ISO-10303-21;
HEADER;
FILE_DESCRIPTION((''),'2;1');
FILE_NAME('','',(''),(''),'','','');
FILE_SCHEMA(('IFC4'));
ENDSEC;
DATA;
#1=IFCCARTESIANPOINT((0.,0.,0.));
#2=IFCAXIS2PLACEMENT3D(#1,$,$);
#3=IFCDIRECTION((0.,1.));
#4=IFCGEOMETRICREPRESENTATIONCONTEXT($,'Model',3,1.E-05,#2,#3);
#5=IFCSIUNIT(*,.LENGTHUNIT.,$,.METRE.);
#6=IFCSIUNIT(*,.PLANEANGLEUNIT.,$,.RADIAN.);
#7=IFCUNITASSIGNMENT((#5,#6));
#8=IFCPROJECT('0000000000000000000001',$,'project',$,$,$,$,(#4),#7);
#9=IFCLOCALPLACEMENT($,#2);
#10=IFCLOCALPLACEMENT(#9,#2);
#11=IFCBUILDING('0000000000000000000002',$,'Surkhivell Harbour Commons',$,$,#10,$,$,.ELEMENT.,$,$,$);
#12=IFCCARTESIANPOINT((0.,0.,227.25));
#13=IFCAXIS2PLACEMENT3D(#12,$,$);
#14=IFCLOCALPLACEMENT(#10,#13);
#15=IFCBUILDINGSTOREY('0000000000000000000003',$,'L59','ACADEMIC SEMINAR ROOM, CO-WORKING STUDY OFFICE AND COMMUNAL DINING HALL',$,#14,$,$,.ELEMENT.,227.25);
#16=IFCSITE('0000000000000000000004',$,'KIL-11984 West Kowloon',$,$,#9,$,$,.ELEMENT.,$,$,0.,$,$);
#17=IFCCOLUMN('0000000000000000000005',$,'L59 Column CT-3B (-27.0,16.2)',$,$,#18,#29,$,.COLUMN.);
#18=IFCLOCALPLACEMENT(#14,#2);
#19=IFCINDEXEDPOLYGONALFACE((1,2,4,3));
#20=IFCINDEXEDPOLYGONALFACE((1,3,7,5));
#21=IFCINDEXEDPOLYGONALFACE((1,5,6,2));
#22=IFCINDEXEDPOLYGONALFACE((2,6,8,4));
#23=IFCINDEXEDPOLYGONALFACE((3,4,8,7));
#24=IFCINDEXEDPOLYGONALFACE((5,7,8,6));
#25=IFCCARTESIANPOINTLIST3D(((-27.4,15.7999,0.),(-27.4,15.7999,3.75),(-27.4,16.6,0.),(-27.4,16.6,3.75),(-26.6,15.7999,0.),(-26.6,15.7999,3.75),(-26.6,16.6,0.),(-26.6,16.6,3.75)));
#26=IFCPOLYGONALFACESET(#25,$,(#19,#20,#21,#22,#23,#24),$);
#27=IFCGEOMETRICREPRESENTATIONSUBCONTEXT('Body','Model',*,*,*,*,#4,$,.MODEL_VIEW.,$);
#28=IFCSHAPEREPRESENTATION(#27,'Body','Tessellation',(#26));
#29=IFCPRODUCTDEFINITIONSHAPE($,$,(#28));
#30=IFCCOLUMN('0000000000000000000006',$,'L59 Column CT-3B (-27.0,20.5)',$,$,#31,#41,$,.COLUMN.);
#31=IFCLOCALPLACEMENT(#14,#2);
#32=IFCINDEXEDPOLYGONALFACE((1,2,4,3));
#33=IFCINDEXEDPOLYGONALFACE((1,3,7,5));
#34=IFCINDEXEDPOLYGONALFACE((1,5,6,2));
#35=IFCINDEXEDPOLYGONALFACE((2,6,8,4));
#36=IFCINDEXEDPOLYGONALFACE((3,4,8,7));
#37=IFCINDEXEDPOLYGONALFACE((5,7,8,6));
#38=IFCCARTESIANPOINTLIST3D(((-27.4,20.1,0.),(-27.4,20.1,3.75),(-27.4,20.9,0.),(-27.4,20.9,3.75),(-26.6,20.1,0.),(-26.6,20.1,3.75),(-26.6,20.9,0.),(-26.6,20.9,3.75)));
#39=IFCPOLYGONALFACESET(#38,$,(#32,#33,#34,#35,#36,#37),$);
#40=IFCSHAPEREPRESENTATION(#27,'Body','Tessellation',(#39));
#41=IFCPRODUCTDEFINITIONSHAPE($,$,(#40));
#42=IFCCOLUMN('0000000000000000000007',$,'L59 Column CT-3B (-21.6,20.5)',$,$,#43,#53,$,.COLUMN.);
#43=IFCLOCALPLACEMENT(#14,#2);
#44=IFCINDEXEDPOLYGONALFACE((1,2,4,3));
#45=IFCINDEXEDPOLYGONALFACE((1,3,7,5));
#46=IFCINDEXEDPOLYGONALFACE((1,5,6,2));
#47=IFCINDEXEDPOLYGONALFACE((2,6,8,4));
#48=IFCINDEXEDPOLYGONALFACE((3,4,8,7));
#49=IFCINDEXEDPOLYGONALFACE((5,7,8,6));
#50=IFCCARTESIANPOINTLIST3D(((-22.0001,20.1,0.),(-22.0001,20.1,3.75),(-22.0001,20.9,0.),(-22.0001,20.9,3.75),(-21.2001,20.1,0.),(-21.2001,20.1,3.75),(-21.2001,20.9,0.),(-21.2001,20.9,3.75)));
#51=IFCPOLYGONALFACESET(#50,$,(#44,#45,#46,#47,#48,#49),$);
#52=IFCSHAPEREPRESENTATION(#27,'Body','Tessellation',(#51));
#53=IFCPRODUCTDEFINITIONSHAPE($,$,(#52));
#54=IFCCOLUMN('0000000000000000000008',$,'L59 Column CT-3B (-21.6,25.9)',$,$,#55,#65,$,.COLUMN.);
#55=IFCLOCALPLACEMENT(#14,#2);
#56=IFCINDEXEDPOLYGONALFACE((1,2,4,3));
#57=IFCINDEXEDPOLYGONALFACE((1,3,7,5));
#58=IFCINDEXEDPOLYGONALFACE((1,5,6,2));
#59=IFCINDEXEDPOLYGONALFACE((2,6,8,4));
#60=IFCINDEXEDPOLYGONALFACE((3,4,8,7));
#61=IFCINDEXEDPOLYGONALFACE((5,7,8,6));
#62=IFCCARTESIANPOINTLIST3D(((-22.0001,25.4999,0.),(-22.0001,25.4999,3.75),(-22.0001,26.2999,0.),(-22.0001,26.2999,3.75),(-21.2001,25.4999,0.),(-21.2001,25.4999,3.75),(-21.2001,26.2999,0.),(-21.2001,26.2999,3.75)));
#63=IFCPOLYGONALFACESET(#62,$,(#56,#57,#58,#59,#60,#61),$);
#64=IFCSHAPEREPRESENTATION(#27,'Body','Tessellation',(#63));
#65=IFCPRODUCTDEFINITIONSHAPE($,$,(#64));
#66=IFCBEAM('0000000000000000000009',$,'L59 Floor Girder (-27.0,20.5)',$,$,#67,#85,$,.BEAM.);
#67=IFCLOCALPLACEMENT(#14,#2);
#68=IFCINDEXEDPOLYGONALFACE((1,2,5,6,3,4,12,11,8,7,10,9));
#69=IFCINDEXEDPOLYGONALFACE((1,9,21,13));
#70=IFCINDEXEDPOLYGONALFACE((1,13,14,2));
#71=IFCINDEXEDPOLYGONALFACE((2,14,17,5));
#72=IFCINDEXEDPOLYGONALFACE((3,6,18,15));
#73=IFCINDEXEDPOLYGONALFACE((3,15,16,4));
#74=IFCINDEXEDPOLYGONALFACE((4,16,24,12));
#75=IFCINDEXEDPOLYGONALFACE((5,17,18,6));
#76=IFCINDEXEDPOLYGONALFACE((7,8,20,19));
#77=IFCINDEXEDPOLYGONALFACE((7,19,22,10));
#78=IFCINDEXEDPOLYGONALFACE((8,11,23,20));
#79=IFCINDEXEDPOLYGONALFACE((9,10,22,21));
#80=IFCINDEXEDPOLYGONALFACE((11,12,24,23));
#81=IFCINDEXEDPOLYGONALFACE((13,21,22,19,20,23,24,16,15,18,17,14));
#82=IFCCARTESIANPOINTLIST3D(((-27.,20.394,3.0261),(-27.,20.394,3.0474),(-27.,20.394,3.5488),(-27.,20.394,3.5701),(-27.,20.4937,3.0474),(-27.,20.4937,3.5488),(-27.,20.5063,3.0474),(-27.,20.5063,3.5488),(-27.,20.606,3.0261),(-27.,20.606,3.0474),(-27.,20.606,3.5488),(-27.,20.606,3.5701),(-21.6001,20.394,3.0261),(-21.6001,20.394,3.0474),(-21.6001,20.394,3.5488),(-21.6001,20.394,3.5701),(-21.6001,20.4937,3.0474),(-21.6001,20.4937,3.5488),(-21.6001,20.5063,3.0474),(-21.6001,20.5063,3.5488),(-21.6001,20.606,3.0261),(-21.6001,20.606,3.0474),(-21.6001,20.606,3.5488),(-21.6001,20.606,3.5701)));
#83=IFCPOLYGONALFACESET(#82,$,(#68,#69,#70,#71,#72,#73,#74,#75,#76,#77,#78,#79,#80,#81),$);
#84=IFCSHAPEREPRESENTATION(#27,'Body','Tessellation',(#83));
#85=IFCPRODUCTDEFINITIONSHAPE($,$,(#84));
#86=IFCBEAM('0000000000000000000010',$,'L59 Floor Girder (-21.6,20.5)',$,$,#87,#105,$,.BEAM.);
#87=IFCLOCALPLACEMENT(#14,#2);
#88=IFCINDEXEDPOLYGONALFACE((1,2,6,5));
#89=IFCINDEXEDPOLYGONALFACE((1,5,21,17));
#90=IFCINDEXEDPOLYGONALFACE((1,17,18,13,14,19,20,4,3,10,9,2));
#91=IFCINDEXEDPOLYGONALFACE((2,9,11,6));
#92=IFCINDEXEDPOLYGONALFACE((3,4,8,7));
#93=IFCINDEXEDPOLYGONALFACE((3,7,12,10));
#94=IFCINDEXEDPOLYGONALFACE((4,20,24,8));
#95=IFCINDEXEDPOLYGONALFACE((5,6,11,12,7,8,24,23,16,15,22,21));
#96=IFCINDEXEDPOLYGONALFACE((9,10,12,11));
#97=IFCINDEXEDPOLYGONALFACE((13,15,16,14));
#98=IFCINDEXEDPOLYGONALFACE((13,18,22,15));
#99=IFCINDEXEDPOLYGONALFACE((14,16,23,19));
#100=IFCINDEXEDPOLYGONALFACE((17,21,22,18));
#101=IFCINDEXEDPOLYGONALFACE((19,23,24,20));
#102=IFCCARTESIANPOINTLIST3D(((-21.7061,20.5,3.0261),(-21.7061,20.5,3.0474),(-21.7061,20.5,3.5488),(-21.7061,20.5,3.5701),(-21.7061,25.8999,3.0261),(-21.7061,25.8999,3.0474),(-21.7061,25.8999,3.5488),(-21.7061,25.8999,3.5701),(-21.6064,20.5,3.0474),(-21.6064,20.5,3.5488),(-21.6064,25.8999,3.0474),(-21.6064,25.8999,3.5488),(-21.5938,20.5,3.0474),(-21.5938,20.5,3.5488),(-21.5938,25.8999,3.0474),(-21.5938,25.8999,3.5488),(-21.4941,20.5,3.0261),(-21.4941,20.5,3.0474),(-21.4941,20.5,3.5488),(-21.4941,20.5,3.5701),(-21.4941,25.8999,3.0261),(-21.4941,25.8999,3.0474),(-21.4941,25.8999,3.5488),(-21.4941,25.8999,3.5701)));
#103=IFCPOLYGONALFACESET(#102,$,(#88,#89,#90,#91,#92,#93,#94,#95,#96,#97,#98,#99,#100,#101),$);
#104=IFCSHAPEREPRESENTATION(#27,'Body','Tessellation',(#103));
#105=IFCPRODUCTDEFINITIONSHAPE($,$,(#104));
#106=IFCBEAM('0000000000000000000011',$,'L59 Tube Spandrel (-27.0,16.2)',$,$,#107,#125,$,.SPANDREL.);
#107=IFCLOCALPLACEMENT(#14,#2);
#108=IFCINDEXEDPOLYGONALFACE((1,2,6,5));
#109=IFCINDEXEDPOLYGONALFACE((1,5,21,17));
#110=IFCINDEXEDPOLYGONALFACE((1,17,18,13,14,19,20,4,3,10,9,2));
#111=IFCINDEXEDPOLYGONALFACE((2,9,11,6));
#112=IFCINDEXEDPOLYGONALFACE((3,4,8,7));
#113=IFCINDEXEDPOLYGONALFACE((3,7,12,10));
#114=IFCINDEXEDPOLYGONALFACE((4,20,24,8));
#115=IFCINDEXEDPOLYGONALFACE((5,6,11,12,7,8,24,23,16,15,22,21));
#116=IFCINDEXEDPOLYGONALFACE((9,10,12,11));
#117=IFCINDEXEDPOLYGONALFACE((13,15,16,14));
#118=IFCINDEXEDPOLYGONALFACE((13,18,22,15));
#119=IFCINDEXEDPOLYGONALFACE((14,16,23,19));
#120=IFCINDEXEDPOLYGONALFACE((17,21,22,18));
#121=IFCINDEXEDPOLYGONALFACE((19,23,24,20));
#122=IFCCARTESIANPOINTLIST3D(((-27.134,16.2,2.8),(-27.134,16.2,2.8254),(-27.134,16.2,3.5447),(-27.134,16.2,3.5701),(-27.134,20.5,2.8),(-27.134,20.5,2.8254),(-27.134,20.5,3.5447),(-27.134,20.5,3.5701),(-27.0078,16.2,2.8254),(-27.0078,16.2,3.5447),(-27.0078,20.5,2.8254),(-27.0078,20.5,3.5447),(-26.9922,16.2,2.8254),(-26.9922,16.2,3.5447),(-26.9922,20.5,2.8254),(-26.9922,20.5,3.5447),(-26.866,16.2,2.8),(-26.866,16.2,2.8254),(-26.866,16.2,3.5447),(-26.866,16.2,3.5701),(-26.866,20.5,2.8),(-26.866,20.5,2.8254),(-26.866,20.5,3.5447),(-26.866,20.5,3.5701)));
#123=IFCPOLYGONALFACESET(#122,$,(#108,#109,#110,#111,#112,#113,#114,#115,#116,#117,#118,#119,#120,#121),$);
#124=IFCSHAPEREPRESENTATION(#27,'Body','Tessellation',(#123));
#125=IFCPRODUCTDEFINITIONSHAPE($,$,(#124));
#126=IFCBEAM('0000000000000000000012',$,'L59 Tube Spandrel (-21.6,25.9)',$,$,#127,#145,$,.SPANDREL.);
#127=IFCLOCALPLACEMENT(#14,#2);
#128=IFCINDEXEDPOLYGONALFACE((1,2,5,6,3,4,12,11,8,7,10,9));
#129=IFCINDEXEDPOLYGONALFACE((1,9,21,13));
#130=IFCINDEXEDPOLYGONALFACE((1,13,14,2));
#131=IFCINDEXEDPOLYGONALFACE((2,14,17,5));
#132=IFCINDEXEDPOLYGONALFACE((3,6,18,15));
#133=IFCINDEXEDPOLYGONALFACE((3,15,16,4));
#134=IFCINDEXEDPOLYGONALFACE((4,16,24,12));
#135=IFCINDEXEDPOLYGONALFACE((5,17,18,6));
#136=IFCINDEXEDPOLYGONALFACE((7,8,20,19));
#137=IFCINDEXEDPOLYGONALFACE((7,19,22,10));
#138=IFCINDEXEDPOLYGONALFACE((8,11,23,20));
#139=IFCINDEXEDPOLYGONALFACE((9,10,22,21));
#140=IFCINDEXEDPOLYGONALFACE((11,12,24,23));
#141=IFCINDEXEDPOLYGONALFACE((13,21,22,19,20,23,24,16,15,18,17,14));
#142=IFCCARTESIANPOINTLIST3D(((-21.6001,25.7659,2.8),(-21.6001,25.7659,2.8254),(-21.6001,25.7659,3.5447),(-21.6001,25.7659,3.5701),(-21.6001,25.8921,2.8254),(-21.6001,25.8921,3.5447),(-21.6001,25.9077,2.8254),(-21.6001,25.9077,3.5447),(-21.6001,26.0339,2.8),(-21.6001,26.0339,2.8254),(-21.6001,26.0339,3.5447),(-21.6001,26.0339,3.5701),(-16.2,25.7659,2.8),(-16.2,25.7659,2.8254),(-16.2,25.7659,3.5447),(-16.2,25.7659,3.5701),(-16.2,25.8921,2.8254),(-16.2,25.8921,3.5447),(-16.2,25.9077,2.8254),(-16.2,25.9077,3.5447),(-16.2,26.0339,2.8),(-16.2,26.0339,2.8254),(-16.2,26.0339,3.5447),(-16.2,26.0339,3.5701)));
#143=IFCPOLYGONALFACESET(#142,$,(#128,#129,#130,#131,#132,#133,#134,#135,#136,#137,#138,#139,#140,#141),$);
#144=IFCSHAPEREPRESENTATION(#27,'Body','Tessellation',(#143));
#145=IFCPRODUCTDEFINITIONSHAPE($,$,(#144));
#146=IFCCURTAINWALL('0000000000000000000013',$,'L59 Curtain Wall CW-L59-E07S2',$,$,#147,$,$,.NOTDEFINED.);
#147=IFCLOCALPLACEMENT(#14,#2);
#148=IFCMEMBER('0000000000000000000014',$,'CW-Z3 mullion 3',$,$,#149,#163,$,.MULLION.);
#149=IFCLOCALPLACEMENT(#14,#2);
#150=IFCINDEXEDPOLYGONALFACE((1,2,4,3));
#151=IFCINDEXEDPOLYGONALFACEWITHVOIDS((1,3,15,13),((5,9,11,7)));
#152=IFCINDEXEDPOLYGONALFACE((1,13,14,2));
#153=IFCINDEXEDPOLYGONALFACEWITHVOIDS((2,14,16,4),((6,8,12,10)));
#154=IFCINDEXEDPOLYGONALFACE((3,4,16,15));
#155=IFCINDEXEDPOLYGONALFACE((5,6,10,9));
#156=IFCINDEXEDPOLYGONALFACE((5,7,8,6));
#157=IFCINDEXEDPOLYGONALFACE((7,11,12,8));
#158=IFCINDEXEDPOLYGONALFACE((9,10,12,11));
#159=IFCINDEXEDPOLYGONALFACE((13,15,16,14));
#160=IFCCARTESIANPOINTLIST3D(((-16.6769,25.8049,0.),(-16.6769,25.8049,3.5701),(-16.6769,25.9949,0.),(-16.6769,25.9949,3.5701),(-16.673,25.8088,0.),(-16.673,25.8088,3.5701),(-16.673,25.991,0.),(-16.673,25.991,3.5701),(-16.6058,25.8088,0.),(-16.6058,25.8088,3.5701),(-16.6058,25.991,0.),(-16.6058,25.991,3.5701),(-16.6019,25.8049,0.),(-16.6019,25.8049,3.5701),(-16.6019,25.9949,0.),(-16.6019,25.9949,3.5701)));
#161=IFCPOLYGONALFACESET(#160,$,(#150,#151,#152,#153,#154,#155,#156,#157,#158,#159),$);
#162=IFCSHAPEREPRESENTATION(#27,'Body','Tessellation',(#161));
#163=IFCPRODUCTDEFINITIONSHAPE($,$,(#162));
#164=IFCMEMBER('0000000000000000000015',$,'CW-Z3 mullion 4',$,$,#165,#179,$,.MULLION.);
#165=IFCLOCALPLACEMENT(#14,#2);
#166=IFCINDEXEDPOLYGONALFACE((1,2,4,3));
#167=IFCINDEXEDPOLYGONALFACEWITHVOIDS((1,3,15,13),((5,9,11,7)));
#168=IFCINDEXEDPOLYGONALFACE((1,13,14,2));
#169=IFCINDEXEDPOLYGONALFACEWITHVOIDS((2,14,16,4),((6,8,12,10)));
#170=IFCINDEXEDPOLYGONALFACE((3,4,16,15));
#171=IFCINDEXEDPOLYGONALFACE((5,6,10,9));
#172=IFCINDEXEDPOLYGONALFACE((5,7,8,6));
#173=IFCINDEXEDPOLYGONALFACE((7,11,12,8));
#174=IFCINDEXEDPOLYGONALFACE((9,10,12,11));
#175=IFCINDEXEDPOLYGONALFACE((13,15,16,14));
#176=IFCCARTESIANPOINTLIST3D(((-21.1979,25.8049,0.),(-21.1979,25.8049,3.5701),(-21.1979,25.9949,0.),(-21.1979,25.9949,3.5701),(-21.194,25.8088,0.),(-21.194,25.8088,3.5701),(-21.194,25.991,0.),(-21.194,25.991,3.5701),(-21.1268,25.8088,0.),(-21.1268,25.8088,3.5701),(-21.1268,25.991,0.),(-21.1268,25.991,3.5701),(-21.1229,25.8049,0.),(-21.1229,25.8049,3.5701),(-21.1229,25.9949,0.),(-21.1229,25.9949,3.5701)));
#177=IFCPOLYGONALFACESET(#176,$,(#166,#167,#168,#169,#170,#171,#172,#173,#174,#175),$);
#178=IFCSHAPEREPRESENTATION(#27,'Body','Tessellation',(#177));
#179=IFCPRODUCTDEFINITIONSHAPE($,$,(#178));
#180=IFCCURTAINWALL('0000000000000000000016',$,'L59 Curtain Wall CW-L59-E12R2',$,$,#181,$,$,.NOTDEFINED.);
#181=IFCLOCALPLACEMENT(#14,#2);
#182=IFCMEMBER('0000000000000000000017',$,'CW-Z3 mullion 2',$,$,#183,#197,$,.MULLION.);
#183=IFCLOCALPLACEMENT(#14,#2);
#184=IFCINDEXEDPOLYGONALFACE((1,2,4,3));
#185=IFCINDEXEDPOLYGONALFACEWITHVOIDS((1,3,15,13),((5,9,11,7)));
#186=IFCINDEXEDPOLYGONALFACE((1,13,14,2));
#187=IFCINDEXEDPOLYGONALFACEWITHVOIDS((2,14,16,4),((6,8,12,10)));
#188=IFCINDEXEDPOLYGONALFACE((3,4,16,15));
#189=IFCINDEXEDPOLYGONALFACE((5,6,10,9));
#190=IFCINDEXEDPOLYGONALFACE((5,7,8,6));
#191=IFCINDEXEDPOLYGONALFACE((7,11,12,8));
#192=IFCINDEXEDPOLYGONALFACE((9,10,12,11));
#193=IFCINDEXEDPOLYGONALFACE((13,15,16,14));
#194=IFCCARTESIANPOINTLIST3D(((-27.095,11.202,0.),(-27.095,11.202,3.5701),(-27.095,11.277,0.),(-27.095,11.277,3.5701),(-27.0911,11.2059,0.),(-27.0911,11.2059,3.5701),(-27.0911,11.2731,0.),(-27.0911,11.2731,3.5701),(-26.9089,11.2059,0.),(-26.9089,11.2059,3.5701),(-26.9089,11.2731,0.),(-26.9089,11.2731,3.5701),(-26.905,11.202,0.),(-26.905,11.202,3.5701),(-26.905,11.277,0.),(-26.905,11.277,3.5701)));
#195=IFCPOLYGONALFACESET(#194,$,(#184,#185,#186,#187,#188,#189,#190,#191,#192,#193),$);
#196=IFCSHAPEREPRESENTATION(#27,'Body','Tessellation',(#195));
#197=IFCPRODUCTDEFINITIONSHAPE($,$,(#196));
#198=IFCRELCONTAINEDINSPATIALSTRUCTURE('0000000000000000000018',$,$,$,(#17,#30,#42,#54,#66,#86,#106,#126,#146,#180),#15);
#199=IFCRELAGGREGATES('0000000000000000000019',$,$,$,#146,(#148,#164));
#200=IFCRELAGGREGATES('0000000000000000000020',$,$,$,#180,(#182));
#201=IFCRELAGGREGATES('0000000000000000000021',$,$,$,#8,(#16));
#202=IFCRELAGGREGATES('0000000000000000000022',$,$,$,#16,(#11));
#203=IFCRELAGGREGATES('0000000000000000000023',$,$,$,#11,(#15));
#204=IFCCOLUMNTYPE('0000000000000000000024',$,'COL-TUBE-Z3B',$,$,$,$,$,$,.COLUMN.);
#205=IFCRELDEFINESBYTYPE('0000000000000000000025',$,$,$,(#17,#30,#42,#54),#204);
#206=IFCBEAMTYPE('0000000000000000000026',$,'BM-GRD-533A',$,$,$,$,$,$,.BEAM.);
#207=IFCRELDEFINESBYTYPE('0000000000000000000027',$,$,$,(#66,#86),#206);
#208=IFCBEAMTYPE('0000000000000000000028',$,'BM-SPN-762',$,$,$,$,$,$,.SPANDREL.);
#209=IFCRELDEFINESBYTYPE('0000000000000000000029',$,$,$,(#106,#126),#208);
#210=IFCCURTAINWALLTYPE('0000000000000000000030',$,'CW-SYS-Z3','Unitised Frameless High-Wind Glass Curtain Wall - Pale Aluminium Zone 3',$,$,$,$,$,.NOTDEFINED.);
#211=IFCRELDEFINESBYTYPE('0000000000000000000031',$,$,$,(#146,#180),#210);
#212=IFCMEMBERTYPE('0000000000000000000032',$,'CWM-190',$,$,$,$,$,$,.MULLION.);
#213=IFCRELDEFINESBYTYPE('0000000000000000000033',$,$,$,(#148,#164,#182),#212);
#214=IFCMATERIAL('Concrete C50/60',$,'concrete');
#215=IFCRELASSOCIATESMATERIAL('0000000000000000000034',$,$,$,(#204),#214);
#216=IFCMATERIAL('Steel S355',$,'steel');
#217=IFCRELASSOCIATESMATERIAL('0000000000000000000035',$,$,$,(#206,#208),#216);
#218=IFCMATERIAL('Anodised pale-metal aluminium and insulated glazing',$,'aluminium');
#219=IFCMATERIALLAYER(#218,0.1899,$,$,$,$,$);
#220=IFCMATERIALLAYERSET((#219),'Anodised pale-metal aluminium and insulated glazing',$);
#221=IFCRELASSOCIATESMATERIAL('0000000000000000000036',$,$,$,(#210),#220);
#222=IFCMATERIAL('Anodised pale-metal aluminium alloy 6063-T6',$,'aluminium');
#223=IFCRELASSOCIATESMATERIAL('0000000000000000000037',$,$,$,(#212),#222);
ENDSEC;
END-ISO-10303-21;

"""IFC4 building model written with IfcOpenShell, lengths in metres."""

from ifc_helpers import new_model, si_unit, direction, frame, origin, origin_2d, place, context, subcontext, project, spatial, rectangle, hollow_rectangle, i_section, extrude, material, layer, layer_set, material_profile, profile_set, type_object, element, aggregate, save


model = new_model("IFC4")

# Units and contexts
model_context = context("Model", 3, precision=1e-05, world=origin(), true_north=direction((0.0, 1.0)))
body_context = subcontext(model_context, "Body", "Model", "MODEL_VIEW")
ifc_project = project(units=[si_unit("LENGTHUNIT", "METRE"), si_unit("PLANEANGLEUNIT", "RADIAN")], contexts=[model_context])

# Site, building, storey
site_placement = place(None, origin())
site = spatial("IfcSite", under=ifc_project, at=site_placement, Name="KIL-11984 West Kowloon", CompositionType="ELEMENT", RefElevation=0.0)
building_placement = place(site_placement, origin())
building = spatial("IfcBuilding", under=site, at=building_placement, Name="Surkhivell Harbour Commons", CompositionType="ELEMENT")
storey_placement = place(building_placement, frame((0.0, 0.0, 227.25)))
storey = spatial("IfcBuildingStorey", under=building, at=storey_placement, Name="L59", Description="ACADEMIC SEMINAR ROOM, CO-WORKING STUDY OFFICE AND COMMUNAL DINING HALL", CompositionType="ELEMENT", Elevation=227.25)

# Columns
ifc_material_1 = material(Name="Concrete C50/60", Category="concrete")
ifc_material_profile_1 = material_profile(ifc_material_1, rectangle(XDim=0.8, YDim=0.8, at=origin_2d()), Name="RC-COL-800x800")
ifc_profile_set_1 = profile_set([ifc_material_profile_1], Name="Concrete C50/60")
column_type = type_object("IfcColumnType", Name="COL-TUBE-Z3B", PredefinedType="COLUMN", material=ifc_profile_set_1)
for number, where, z_axis, x_axis, name in (
    (1, (-27.0, 16.2, 0.0), (0.0, 0.0, 1.0), (1.0, 0.0, 0.0), "L59 Column CT-3B (-27.0,16.2)"),
    (2, (-27.0, 20.5, 0.0), (0.0, 0.0, 1.0), (1.0, 0.0, 0.0), "L59 Column CT-3B (-27.0,20.5)"),
    (3, (-21.6001, 20.5, 0.0), (0.0, 0.0, 1.0), (1.0, 0.0, 0.0), "L59 Column CT-3B (-21.6,20.5)"),
    (4, (-21.6001, 25.8999, 0.0), (0.0, 0.0, 1.0), (1.0, 0.0, 0.0), "L59 Column CT-3B (-21.6,25.9)"),
):
    element("IfcColumn", number, at=place(storey_placement, frame(where, z_axis=z_axis, x_axis=x_axis)), inside=storey, type_object=column_type, Name=name, PredefinedType="COLUMN", context=body_context, shape_type="SweptSolid", body=[
        extrude(rectangle(XDim=0.8, YDim=0.8, at=origin_2d()), origin(), (0.0, 0.0, 1.0), 3.75),
    ])

# Beams
ifc_material_2 = material(Name="Steel S355", Category="steel")
ifc_material_profile_2 = material_profile(ifc_material_2, i_section(OverallWidth=0.2119, OverallDepth=0.5439, WebThickness=0.0127, FlangeThickness=0.0212, at=origin_2d()), Name="UB533x210x122")
ifc_profile_set_2 = profile_set([ifc_material_profile_2], Name="Steel S355")
beam_type_1 = type_object("IfcBeamType", Name="BM-GRD-533A", PredefinedType="BEAM", material=ifc_profile_set_2)
for number, where, z_axis, x_axis, name in (
    (5, (-27.0, 20.5, 3.2981), (1.0, 0.0, 0.0), (0.0, 1.0, 0.0), "L59 Floor Girder (-27.0,20.5)"),
    (6, (-21.6001, 20.5, 3.2981), (0.0, 1.0, 0.0), (-1.0, 0.0, 0.0), "L59 Floor Girder (-21.6,20.5)"),
):
    element("IfcBeam", number, at=place(storey_placement, frame(where, z_axis=z_axis, x_axis=x_axis)), inside=storey, type_object=beam_type_1, Name=name, PredefinedType="BEAM", context=body_context, shape_type="SweptSolid", body=[
        extrude(i_section(OverallWidth=0.2119, OverallDepth=0.5439, WebThickness=0.0127, FlangeThickness=0.0212, at=origin_2d()), origin(), (0.0, 0.0, 1.0), 5.3999),
    ])
ifc_material_profile_3 = material_profile(ifc_material_2, i_section(OverallWidth=0.2681, OverallDepth=0.77, WebThickness=0.0156, FlangeThickness=0.0254, at=origin_2d()), Name="UB762x267x197")
ifc_profile_set_3 = profile_set([ifc_material_profile_3], Name="Steel S355")
beam_type_2 = type_object("IfcBeamType", Name="BM-SPN-762", PredefinedType="SPANDREL", material=ifc_profile_set_3)
beam_1_placement = place(storey_placement, frame((-27.0, 16.2, 3.1851), z_axis=(0.0, 1.0, 0.0), x_axis=(-1.0, 0.0, 0.0)))
element("IfcBeam", 7, at=beam_1_placement, inside=storey, type_object=beam_type_2, Name="L59 Tube Spandrel (-27.0,16.2)", PredefinedType="SPANDREL", context=body_context, shape_type="SweptSolid", body=[
    extrude(i_section(OverallWidth=0.2681, OverallDepth=0.77, WebThickness=0.0156, FlangeThickness=0.0254, at=origin_2d()), origin(), (0.0, 0.0, 1.0), 4.3),
])
beam_2_placement = place(storey_placement, frame((-21.6001, 25.8999, 3.1851), z_axis=(1.0, 0.0, 0.0), x_axis=(0.0, 1.0, 0.0)))
element("IfcBeam", 8, at=beam_2_placement, inside=storey, type_object=beam_type_2, Name="L59 Tube Spandrel (-21.6,25.9)", PredefinedType="SPANDREL", context=body_context, shape_type="SweptSolid", body=[
    extrude(i_section(OverallWidth=0.2681, OverallDepth=0.77, WebThickness=0.0156, FlangeThickness=0.0254, at=origin_2d()), origin(), (0.0, 0.0, 1.0), 5.4001),
])

# Curtain walls, members
ifc_material_3 = material(Name="Anodised pale-metal aluminium and insulated glazing", Category="aluminium")
ifc_layer_1 = layer(ifc_material_3, 0.1899)
ifc_layer_set_1 = layer_set([ifc_layer_1], Name="Anodised pale-metal aluminium and insulated glazing")
curtain_wall_type = type_object("IfcCurtainWallType", Name="CW-SYS-Z3", Description="Unitised Frameless High-Wind Glass Curtain Wall - Pale Aluminium Zone 3", PredefinedType="NOTDEFINED", material=ifc_layer_set_1)
curtain_wall_1_placement = place(storey_placement, origin())
curtain_wall_1 = element("IfcCurtainWall", 9, at=curtain_wall_1_placement, inside=storey, type_object=curtain_wall_type, Name="L59 Curtain Wall CW-L59-E07S2", PredefinedType="NOTDEFINED")
ifc_material_4 = material(Name="Anodised pale-metal aluminium alloy 6063-T6", Category="aluminium")
ifc_material_profile_4 = material_profile(ifc_material_4, hollow_rectangle(XDim=0.075, YDim=0.1899, WallThickness=0.0039, at=origin_2d()), Name="ALU-MULL-75x190")
ifc_profile_set_4 = profile_set([ifc_material_profile_4], Name="Anodised pale-metal aluminium alloy 6063-T6")
member_type_1 = type_object("IfcMemberType", Name="CWM-190", PredefinedType="MULLION", material=ifc_profile_set_4)
member_1_placement = place(storey_placement, frame((-16.6394, 25.8999, 0.0), z_axis=(0.0, 0.0, 1.0), x_axis=(-1.0, 0.0, 0.0)))
member_1 = element("IfcMember", 10, at=member_1_placement, type_object=member_type_1, Name="CW-Z3 mullion 3", PredefinedType="MULLION", context=body_context, shape_type="SweptSolid", body=[
    extrude(hollow_rectangle(XDim=0.075, YDim=0.1899, WallThickness=0.0039, at=origin_2d()), origin(), (0.0, 0.0, 1.0), 3.5701),
])
member_2_placement = place(storey_placement, frame((-21.1604, 25.8999, 0.0), z_axis=(0.0, 0.0, 1.0), x_axis=(-1.0, 0.0, 0.0)))
member_2 = element("IfcMember", 11, at=member_2_placement, type_object=member_type_1, Name="CW-Z3 mullion 4", PredefinedType="MULLION", context=body_context, shape_type="SweptSolid", body=[
    extrude(hollow_rectangle(XDim=0.075, YDim=0.1899, WallThickness=0.0039, at=origin_2d()), origin(), (0.0, 0.0, 1.0), 3.5701),
])
curtain_wall_2_placement = place(storey_placement, origin())
curtain_wall_2 = element("IfcCurtainWall", 12, at=curtain_wall_2_placement, inside=storey, type_object=curtain_wall_type, Name="L59 Curtain Wall CW-L59-E12R2", PredefinedType="NOTDEFINED")
member_3_placement = place(storey_placement, frame((-27.0, 11.2395, 0.0), z_axis=(0.0, 0.0, 1.0), x_axis=(0.0, 1.0, 0.0)))
member_3 = element("IfcMember", 13, at=member_3_placement, type_object=member_type_1, Name="CW-Z3 mullion 2", PredefinedType="MULLION", context=body_context, shape_type="SweptSolid", body=[
    extrude(hollow_rectangle(XDim=0.075, YDim=0.1899, WallThickness=0.0039, at=origin_2d()), origin(), (0.0, 0.0, 1.0), 3.5701),
])

aggregate(curtain_wall_1, [member_1, member_2])
aggregate(curtain_wall_2, [member_3])

save(model, "model.ifc")
